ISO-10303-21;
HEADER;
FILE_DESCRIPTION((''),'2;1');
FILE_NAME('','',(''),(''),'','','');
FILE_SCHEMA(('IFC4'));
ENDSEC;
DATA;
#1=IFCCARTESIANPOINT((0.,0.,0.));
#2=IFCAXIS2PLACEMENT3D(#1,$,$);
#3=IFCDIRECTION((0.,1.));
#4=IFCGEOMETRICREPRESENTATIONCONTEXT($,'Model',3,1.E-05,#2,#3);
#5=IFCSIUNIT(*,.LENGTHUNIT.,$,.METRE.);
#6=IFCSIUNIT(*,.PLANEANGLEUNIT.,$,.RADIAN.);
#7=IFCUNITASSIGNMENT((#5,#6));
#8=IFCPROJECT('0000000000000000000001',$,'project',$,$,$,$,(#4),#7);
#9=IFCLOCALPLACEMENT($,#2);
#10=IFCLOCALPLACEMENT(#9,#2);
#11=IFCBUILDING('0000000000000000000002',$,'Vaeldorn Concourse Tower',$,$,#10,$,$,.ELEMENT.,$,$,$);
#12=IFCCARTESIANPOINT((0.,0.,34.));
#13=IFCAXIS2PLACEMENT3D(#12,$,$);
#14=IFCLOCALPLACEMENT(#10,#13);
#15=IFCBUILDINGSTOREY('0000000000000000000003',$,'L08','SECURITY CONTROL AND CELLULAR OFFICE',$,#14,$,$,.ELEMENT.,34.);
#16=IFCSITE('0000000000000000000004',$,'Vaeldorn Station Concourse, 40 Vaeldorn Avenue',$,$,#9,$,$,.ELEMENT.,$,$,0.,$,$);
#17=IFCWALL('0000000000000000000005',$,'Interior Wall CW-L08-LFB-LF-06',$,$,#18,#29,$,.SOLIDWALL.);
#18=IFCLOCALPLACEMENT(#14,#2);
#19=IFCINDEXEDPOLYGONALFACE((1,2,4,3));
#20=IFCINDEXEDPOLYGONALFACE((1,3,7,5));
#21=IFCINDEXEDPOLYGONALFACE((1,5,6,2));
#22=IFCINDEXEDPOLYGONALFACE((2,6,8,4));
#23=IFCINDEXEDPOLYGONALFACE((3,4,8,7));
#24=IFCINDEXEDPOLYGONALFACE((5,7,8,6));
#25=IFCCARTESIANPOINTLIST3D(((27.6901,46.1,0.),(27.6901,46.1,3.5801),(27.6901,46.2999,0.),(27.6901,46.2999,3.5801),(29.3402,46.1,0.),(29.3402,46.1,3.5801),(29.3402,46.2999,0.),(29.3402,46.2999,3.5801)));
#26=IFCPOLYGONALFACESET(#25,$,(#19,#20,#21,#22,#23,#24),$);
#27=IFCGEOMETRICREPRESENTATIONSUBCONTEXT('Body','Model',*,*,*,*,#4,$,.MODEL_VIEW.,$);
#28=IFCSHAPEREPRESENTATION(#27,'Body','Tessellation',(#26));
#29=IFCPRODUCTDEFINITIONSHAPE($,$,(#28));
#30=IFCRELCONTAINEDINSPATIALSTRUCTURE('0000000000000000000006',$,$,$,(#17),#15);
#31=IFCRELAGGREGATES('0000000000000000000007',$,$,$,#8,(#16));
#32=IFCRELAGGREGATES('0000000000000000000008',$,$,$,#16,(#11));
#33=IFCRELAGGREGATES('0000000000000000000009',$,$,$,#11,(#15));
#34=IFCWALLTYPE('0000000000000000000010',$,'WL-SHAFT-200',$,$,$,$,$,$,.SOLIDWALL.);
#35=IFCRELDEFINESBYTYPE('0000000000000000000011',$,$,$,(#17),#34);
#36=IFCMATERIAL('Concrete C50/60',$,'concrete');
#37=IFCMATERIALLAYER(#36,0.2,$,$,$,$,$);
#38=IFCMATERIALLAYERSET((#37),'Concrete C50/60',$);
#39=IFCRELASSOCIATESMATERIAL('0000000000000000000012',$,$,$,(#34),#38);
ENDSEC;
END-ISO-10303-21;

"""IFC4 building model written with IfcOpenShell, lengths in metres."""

from ifc_helpers import new_model, si_unit, direction, frame, frame_2d, origin, place, context, subcontext, project, spatial, rectangle, extrude, material, layer, layer_set, type_object, element, save


model = new_model("IFC4")

# Units and contexts
model_context = context("Model", 3, precision=1e-05, world=origin(), true_north=direction((0.0, 1.0)))
body_context = subcontext(model_context, "Body", "Model", "MODEL_VIEW")
ifc_project = project(units=[si_unit("LENGTHUNIT", "METRE"), si_unit("PLANEANGLEUNIT", "RADIAN")], contexts=[model_context])

# Site, building, storey
site_placement = place(None, origin())
site = spatial("IfcSite", under=ifc_project, at=site_placement, Name="Vaeldorn Station Concourse, 40 Vaeldorn Avenue", CompositionType="ELEMENT", RefElevation=0.0)
building_placement = place(site_placement, origin())
building = spatial("IfcBuilding", under=site, at=building_placement, Name="Vaeldorn Concourse Tower", CompositionType="ELEMENT")
storey_placement = place(building_placement, frame((0.0, 0.0, 34.0)))
storey = spatial("IfcBuildingStorey", under=building, at=storey_placement, Name="L08", Description="SECURITY CONTROL AND CELLULAR OFFICE", CompositionType="ELEMENT", Elevation=34.0)

# Shared definitions
ifc_material_1 = material(Name="Concrete C50/60", Category="concrete")
ifc_layer_1 = layer(ifc_material_1, 0.2)
ifc_layer_set_1 = layer_set([ifc_layer_1], Name="Concrete C50/60")
wall_type_1 = type_object("IfcWallType", Name="WL-SHAFT-200", PredefinedType="SOLIDWALL", material=ifc_layer_set_1)

# Wall
wall_1_placement = place(storey_placement, frame((27.6899, 46.2, 0.0), z_axis=(0.0, 0.0, 1.0), x_axis=(1.0, 0.0, 0.0)))
element("IfcWall", 1, at=wall_1_placement, inside=storey, type_object=wall_type_1, Name="Interior Wall CW-L08-LFB-LF-06", PredefinedType="SOLIDWALL", context=body_context, shape_type="SweptSolid", body=[
    extrude(rectangle(XDim=1.6501, YDim=0.2, at=frame_2d((0.8252, 0.0))), origin(), (0.0, 0.0, 1.0), 3.5801),
])

save(model, "model.ifc")
